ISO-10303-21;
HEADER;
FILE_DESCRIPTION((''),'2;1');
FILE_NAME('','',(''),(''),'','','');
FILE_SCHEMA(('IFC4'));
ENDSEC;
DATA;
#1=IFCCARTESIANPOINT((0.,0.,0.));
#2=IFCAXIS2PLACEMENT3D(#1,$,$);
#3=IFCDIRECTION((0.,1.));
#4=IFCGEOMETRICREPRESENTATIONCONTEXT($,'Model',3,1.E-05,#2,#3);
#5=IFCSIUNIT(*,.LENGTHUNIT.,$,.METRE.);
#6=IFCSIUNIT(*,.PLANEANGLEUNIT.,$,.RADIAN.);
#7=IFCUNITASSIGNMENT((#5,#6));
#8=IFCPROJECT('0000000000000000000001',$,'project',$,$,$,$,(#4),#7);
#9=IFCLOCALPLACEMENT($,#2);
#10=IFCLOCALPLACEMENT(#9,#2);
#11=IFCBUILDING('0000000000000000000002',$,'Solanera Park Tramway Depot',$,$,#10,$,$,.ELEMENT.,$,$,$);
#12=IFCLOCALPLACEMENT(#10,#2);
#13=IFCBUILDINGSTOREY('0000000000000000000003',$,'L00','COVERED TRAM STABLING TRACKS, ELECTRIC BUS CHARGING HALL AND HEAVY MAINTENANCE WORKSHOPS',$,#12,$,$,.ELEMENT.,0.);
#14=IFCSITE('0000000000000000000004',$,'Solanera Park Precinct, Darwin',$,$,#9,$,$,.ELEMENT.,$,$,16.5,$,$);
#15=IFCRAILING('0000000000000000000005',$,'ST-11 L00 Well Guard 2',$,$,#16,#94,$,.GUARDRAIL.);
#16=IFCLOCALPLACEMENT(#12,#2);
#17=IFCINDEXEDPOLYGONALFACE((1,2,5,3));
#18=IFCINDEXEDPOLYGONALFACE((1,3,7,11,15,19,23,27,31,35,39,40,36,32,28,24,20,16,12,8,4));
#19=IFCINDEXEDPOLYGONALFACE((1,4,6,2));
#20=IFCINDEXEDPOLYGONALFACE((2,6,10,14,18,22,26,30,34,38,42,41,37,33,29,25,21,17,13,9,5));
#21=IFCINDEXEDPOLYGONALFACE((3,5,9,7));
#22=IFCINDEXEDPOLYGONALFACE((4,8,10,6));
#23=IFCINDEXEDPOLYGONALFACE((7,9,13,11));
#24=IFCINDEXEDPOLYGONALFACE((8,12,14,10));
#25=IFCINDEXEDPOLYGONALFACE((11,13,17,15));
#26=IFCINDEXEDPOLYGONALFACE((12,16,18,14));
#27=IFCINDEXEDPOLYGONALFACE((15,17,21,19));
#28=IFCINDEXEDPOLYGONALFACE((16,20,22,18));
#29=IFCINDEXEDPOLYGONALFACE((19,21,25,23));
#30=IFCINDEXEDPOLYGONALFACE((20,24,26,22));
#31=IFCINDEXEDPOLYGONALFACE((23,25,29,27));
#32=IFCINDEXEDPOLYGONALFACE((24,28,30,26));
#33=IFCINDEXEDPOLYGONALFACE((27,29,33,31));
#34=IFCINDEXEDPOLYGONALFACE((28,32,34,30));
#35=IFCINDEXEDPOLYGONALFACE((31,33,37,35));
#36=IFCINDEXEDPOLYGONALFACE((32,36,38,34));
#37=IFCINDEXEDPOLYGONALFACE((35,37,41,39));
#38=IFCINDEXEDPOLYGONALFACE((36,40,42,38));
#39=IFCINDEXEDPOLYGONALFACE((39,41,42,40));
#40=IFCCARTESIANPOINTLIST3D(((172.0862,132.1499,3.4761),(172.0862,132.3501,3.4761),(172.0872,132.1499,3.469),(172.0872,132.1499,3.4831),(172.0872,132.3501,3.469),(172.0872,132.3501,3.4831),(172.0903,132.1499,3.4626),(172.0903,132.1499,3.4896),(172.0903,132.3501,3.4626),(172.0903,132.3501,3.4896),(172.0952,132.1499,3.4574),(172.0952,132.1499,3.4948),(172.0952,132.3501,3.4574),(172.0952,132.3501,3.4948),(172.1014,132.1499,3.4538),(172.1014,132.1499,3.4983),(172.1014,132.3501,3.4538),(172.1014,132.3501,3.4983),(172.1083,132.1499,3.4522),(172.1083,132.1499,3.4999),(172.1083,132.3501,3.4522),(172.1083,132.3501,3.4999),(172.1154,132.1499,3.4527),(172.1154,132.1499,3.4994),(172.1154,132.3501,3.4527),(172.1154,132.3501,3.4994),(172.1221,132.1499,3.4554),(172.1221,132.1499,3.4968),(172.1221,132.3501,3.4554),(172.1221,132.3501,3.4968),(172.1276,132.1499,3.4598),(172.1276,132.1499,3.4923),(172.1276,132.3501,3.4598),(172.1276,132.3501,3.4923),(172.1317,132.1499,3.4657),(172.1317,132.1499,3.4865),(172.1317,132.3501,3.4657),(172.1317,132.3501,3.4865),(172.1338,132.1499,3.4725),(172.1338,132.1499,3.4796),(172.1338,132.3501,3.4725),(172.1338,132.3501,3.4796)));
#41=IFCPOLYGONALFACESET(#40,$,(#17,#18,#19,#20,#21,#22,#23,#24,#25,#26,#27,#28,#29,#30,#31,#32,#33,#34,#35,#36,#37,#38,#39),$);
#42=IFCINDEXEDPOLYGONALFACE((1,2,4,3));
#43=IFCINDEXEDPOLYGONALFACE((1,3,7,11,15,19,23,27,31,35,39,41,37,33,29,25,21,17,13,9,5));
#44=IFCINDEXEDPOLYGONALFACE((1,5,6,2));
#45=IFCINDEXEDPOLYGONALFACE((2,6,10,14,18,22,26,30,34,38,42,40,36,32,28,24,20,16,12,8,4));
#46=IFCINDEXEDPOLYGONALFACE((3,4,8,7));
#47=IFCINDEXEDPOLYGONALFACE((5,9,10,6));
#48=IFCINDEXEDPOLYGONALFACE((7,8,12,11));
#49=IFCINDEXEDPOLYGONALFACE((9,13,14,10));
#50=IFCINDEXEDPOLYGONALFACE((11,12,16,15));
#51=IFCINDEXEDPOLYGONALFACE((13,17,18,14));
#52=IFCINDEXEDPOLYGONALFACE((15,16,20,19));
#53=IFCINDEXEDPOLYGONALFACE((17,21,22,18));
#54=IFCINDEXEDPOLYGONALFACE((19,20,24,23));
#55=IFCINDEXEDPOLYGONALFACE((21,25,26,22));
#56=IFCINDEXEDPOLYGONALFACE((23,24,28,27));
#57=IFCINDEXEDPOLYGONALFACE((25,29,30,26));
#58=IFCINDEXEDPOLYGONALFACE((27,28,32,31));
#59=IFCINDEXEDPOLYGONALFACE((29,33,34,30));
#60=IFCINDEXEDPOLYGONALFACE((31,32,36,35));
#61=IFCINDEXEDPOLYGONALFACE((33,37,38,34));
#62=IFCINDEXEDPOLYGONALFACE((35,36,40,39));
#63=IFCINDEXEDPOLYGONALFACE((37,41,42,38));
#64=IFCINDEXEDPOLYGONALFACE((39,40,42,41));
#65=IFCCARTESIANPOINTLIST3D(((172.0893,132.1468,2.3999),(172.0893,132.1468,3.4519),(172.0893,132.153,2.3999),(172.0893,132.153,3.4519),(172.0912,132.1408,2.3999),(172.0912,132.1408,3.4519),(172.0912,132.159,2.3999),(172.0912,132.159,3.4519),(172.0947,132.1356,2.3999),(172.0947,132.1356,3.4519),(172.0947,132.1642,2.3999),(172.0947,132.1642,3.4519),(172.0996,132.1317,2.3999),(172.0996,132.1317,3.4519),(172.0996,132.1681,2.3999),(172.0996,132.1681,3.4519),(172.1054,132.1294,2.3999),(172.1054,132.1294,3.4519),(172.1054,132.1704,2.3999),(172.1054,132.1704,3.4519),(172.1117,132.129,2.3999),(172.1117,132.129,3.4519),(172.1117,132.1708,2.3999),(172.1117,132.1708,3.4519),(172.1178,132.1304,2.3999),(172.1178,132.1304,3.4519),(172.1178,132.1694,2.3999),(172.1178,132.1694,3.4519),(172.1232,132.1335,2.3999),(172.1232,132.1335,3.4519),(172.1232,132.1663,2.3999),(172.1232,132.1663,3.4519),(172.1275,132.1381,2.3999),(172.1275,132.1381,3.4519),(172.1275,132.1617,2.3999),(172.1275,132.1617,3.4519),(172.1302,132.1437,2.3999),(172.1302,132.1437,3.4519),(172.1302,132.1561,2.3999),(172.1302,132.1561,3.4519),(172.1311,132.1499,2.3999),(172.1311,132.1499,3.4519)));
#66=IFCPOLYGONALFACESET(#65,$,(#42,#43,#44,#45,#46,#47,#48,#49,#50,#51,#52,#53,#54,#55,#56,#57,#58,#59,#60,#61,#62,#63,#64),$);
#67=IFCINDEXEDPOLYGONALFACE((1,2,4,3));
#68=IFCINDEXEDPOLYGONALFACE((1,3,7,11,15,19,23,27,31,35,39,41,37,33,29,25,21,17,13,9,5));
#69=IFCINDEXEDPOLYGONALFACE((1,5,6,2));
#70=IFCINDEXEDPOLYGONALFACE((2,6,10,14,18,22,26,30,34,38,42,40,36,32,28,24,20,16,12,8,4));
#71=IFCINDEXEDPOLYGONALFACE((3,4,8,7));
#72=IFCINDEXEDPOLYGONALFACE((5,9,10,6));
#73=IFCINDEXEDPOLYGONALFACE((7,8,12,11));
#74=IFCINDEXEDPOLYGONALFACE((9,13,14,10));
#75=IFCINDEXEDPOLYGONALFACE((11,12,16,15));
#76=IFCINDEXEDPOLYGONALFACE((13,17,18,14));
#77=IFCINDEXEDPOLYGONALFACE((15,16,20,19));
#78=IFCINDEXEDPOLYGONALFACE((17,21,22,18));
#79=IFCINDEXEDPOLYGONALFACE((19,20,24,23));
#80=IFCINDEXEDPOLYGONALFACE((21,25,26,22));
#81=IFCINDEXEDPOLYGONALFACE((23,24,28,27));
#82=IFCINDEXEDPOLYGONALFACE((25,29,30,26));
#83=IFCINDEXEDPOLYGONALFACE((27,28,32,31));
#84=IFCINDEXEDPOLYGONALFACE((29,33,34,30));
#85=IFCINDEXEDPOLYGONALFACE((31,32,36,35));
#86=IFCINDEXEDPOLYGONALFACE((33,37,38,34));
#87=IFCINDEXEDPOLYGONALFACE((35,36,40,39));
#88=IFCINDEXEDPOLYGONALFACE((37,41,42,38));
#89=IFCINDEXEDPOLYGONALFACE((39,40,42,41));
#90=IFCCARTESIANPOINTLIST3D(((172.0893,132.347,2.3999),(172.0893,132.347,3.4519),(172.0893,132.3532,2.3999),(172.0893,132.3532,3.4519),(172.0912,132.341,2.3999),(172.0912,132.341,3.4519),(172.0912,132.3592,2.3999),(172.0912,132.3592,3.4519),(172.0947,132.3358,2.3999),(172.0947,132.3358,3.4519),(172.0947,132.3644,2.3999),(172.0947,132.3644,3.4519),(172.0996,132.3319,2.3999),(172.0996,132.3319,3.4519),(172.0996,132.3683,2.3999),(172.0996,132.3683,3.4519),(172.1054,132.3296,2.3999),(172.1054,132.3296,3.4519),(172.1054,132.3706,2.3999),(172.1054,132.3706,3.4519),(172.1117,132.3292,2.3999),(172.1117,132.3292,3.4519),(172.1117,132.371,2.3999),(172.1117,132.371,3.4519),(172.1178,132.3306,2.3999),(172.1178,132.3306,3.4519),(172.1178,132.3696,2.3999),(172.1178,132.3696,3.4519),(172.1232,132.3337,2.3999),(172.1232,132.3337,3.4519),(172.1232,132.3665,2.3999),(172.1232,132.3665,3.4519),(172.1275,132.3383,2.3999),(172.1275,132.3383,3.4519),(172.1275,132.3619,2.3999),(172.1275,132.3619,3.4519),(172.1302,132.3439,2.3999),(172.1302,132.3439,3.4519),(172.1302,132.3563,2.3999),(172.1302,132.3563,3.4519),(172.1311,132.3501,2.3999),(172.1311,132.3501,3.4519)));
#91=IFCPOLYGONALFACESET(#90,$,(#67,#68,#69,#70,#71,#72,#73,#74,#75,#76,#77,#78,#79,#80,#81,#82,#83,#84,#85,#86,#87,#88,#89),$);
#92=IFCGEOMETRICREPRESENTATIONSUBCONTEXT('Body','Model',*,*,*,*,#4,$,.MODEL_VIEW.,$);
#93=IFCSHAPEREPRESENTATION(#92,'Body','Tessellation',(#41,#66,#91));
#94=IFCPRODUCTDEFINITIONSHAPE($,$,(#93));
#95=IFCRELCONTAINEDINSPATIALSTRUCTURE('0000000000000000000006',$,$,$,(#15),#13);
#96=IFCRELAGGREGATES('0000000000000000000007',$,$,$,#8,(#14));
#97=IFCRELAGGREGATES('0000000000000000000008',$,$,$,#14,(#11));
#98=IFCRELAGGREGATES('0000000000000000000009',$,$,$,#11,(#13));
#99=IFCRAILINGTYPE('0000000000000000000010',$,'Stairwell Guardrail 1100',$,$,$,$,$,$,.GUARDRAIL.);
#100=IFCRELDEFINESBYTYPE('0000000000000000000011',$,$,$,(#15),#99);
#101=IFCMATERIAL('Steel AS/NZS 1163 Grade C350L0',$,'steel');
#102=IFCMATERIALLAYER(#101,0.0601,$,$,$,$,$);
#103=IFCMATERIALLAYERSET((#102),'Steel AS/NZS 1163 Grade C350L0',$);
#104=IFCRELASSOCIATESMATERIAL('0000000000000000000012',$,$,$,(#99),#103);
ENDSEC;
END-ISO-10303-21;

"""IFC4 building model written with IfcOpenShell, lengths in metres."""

from ifc_helpers import new_model, si_unit, direction, frame, origin, origin_2d, place, context, subcontext, project, spatial, circle, extrude, material, layer, layer_set, type_object, element, save


model = new_model("IFC4")

# Units and contexts
model_context = context("Model", 3, precision=1e-05, world=origin(), true_north=direction((0.0, 1.0)))
body_context = subcontext(model_context, "Body", "Model", "MODEL_VIEW")
ifc_project = project(units=[si_unit("LENGTHUNIT", "METRE"), si_unit("PLANEANGLEUNIT", "RADIAN")], contexts=[model_context])

# Site, building, storey
site_placement = place(None, origin())
site = spatial("IfcSite", under=ifc_project, at=site_placement, Name="Solanera Park Precinct, Darwin", CompositionType="ELEMENT", RefElevation=16.5)
building_placement = place(site_placement, origin())
building = spatial("IfcBuilding", under=site, at=building_placement, Name="Solanera Park Tramway Depot", CompositionType="ELEMENT")
storey_placement = place(building_placement, origin())
storey = spatial("IfcBuildingStorey", under=building, at=storey_placement, Name="L00", Description="COVERED TRAM STABLING TRACKS, ELECTRIC BUS CHARGING HALL AND HEAVY MAINTENANCE WORKSHOPS", CompositionType="ELEMENT", Elevation=0.0)

# Railing
ifc_material_1 = material(Name="Steel AS/NZS 1163 Grade C350L0", Category="steel")
ifc_layer_1 = layer(ifc_material_1, 0.0601)
ifc_layer_set_1 = layer_set([ifc_layer_1], Name="Steel AS/NZS 1163 Grade C350L0")
railing_type_1 = type_object("IfcRailingType", Name="Stairwell Guardrail 1100", PredefinedType="GUARDRAIL", material=ifc_layer_set_1)
railing_1_placement = place(storey_placement, frame((172.1101, 132.1499, 2.3999)))
element("IfcRailing", 1, at=railing_1_placement, inside=storey, type_object=railing_type_1, Name="ST-11 L00 Well Guard 2", PredefinedType="GUARDRAIL", context=body_context, shape_type="SweptSolid", body=[
    extrude(circle(Radius=0.0239, at=origin_2d()), frame((0.0, 0.0, 1.0762), z_axis=(0.0, 1.0, 0.0), x_axis=(-1.0, 0.0, 0.0)), (0.0, 0.0, 1.0), 0.2002),
    extrude(circle(Radius=0.021, at=origin_2d()), origin(), (0.0, 0.0, 1.0), 1.052),
    extrude(circle(Radius=0.021, at=origin_2d()), frame((0.0, 0.2002, 0.0)), (0.0, 0.0, 1.0), 1.052),
])

save(model, "model.ifc")
